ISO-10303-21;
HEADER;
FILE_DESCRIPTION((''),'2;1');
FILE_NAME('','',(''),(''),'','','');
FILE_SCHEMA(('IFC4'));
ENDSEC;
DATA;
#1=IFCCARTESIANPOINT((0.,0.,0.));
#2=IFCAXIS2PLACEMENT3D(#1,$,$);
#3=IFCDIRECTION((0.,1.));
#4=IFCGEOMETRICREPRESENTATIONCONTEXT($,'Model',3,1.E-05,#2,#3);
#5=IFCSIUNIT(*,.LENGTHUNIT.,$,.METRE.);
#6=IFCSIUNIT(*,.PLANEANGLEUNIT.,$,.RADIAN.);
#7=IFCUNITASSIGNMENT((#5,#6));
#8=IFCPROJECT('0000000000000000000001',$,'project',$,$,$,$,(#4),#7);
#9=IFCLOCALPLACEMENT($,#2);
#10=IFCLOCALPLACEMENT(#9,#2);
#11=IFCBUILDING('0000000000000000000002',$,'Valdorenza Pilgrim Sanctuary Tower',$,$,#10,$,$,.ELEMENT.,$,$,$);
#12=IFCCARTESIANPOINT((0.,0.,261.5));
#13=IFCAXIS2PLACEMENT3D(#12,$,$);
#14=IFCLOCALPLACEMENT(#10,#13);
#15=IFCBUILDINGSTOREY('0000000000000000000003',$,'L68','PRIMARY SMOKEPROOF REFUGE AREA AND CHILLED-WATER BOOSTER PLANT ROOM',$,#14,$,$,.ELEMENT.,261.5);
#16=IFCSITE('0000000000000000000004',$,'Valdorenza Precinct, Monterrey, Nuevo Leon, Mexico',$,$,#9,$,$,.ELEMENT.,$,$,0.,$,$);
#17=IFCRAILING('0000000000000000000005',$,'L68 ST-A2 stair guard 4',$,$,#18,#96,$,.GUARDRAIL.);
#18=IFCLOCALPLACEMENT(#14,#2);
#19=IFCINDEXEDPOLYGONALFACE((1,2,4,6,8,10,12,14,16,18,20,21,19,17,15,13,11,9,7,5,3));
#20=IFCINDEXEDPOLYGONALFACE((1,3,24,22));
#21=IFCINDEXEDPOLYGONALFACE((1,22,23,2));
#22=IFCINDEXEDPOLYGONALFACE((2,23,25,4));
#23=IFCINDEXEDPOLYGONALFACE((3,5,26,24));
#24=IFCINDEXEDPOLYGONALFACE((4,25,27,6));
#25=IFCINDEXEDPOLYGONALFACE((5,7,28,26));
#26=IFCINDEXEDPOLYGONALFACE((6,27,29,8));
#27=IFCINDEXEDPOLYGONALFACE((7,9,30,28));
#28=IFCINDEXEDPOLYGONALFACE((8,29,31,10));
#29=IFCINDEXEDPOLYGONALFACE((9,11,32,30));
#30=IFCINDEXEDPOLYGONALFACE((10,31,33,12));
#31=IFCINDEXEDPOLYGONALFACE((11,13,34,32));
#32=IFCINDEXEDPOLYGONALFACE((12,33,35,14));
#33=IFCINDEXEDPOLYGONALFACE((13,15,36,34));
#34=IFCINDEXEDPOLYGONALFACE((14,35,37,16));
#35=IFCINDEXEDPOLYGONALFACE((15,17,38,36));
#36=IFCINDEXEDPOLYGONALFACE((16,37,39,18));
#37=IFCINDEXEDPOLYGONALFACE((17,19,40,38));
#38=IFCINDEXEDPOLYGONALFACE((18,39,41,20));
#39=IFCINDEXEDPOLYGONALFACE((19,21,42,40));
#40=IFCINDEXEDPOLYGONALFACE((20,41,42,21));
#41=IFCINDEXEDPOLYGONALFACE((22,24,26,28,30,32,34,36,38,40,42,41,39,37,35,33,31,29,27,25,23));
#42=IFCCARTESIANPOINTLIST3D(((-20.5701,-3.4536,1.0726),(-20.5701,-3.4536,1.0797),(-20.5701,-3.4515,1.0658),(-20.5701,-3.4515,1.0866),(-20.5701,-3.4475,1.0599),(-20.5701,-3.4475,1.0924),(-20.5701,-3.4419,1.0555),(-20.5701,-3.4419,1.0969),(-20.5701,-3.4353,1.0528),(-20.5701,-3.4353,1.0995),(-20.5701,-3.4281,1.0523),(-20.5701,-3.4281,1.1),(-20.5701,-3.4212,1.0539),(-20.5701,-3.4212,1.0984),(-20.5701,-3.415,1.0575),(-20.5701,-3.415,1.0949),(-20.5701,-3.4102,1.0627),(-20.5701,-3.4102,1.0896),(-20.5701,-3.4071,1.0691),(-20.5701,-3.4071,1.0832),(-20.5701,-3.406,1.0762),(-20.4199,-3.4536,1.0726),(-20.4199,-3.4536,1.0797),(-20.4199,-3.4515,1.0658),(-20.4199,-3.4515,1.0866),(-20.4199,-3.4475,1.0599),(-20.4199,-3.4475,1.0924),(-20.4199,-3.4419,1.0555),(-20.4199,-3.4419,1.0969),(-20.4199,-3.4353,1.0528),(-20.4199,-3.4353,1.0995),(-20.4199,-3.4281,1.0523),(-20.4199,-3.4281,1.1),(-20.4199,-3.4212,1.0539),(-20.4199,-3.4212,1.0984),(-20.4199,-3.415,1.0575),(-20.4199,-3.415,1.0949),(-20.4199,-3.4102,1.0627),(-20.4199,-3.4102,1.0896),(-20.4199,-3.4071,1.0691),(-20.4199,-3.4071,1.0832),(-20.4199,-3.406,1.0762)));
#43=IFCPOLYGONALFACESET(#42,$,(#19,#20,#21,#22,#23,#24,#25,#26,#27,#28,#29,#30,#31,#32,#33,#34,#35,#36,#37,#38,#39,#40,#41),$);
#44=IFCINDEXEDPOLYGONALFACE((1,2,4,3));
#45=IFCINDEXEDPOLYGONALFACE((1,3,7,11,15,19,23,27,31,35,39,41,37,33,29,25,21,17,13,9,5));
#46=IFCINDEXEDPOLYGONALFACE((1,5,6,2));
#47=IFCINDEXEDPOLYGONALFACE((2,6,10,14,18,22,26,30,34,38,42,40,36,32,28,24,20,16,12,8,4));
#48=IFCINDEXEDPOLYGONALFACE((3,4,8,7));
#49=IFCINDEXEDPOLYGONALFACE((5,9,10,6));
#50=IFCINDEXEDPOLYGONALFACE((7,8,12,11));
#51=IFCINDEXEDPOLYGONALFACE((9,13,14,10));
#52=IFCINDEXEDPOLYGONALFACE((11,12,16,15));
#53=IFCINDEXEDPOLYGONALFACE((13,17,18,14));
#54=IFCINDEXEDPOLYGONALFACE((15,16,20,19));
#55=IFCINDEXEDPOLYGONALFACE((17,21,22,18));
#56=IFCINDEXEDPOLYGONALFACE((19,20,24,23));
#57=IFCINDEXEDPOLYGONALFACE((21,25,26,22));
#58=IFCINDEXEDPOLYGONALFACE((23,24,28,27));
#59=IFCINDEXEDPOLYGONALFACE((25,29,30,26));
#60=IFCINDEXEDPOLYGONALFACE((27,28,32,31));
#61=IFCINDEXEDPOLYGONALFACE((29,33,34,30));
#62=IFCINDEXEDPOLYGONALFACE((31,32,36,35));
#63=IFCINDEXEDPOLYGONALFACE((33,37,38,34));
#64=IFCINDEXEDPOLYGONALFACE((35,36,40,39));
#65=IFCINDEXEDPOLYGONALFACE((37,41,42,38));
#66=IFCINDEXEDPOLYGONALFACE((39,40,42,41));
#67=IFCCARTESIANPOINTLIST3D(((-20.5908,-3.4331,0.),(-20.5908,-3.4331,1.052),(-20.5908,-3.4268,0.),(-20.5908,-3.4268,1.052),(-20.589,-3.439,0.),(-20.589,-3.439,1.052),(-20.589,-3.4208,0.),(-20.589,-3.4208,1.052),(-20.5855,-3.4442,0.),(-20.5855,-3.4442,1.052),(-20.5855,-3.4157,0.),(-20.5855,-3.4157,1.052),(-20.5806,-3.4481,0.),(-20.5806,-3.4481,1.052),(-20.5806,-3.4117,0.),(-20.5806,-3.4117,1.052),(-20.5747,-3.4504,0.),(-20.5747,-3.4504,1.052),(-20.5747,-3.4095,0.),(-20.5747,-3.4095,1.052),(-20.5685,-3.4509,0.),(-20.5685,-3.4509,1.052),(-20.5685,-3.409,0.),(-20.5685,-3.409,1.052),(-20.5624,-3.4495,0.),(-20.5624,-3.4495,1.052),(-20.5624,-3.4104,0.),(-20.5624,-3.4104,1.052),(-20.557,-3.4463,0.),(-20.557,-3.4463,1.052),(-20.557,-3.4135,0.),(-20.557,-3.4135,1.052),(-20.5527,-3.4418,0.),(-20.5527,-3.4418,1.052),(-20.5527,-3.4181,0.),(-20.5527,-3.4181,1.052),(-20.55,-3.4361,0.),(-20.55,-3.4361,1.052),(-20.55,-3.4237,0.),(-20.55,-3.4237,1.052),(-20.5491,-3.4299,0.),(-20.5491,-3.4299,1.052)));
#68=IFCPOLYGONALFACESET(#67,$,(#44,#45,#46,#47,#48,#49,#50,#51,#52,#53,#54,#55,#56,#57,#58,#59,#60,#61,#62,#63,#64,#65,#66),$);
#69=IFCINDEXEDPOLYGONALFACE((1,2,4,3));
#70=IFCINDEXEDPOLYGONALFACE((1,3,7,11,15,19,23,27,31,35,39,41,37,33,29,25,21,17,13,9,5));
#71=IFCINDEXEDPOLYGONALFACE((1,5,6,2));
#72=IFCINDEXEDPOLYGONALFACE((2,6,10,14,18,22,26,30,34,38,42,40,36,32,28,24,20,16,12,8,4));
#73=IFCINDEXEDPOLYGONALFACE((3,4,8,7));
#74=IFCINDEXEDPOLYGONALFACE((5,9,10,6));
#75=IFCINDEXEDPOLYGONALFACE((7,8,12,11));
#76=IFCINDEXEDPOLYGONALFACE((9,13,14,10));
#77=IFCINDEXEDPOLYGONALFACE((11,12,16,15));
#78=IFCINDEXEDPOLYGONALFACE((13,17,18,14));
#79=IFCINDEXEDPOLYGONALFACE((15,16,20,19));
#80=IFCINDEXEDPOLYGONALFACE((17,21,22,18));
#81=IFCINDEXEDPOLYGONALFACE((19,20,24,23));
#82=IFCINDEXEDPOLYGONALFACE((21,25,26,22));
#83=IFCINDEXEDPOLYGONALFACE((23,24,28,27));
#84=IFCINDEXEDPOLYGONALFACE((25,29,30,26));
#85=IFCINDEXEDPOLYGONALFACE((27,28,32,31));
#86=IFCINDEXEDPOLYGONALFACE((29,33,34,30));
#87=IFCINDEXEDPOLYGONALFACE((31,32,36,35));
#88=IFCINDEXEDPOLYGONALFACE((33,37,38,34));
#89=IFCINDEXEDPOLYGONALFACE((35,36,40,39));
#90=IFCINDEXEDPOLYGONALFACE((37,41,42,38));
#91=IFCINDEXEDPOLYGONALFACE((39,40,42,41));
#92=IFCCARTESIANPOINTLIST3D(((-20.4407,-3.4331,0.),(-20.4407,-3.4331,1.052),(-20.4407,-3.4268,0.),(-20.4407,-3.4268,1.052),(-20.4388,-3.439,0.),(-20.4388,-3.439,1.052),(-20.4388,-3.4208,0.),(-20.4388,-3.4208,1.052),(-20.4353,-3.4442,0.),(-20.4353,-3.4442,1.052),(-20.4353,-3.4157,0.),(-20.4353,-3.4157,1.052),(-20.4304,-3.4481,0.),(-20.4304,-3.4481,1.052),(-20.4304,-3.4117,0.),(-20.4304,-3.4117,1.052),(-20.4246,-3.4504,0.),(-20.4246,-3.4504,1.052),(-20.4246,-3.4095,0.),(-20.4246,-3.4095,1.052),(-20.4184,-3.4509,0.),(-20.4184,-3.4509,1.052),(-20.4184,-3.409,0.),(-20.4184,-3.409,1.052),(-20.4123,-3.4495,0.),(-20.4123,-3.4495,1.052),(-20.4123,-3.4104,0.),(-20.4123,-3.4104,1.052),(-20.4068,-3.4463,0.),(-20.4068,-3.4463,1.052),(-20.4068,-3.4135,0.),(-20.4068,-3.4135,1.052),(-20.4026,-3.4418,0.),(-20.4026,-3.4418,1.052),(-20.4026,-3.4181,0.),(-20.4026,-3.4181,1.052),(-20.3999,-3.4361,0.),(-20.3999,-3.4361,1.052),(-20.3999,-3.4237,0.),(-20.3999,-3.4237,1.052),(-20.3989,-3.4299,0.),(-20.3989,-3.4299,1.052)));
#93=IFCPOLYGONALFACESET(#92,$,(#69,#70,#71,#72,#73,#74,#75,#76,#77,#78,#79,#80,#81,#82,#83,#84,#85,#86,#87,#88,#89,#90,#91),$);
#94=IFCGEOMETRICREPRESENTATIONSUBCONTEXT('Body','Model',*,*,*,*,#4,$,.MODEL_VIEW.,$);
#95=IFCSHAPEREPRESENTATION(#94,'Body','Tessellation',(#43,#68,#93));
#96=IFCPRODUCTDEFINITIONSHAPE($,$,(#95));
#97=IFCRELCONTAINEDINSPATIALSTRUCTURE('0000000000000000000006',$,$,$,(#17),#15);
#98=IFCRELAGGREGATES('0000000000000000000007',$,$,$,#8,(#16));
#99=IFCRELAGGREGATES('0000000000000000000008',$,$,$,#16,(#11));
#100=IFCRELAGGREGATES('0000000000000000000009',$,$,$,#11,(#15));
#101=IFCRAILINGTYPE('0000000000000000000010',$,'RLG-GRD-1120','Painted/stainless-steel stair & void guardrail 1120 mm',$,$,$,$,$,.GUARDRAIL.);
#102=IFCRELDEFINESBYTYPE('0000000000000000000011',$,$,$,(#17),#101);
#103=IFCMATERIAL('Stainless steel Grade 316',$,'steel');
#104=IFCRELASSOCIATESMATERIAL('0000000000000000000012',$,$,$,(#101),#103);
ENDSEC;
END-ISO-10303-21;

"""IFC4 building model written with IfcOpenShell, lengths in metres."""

from ifc_helpers import new_model, si_unit, direction, frame, origin, origin_2d, place, context, subcontext, project, spatial, circle, extrude, material, type_object, element, save


model = new_model("IFC4")

# Units and contexts
model_context = context("Model", 3, precision=1e-05, world=origin(), true_north=direction((0.0, 1.0)))
body_context = subcontext(model_context, "Body", "Model", "MODEL_VIEW")
ifc_project = project(units=[si_unit("LENGTHUNIT", "METRE"), si_unit("PLANEANGLEUNIT", "RADIAN")], contexts=[model_context])

# Site, building, storey
site_placement = place(None, origin())
site = spatial("IfcSite", under=ifc_project, at=site_placement, Name="Valdorenza Precinct, Monterrey, Nuevo Leon, Mexico", CompositionType="ELEMENT", RefElevation=0.0)
building_placement = place(site_placement, origin())
building = spatial("IfcBuilding", under=site, at=building_placement, Name="Valdorenza Pilgrim Sanctuary Tower", CompositionType="ELEMENT")
storey_placement = place(building_placement, frame((0.0, 0.0, 261.5)))
storey = spatial("IfcBuildingStorey", under=building, at=storey_placement, Name="L68", Description="PRIMARY SMOKEPROOF REFUGE AREA AND CHILLED-WATER BOOSTER PLANT ROOM", CompositionType="ELEMENT", Elevation=261.5)

# Railing
ifc_material_1 = material(Name="Stainless steel Grade 316", Category="steel")
railing_type_1 = type_object("IfcRailingType", Name="RLG-GRD-1120", Description="Painted/stainless-steel stair & void guardrail 1120 mm", PredefinedType="GUARDRAIL", material=ifc_material_1)
railing_1_placement = place(storey_placement, frame((-20.5701, -3.4299, 0.0)))
element("IfcRailing", 1, at=railing_1_placement, inside=storey, type_object=railing_type_1, Name="L68 ST-A2 stair guard 4", PredefinedType="GUARDRAIL", context=body_context, shape_type="SweptSolid", body=[
    extrude(circle(Radius=0.0239, at=origin_2d()), frame((0.0, 0.0, 1.0762), z_axis=(1.0, 0.0, 0.0), x_axis=(0.0, 1.0, 0.0)), (0.0, 0.0, 1.0), 0.1501),
    extrude(circle(Radius=0.021, at=origin_2d()), origin(), (0.0, 0.0, 1.0), 1.052),
    extrude(circle(Radius=0.021, at=origin_2d()), frame((0.1501, 0.0, 0.0)), (0.0, 0.0, 1.0), 1.052),
])

save(model, "model.ifc")
